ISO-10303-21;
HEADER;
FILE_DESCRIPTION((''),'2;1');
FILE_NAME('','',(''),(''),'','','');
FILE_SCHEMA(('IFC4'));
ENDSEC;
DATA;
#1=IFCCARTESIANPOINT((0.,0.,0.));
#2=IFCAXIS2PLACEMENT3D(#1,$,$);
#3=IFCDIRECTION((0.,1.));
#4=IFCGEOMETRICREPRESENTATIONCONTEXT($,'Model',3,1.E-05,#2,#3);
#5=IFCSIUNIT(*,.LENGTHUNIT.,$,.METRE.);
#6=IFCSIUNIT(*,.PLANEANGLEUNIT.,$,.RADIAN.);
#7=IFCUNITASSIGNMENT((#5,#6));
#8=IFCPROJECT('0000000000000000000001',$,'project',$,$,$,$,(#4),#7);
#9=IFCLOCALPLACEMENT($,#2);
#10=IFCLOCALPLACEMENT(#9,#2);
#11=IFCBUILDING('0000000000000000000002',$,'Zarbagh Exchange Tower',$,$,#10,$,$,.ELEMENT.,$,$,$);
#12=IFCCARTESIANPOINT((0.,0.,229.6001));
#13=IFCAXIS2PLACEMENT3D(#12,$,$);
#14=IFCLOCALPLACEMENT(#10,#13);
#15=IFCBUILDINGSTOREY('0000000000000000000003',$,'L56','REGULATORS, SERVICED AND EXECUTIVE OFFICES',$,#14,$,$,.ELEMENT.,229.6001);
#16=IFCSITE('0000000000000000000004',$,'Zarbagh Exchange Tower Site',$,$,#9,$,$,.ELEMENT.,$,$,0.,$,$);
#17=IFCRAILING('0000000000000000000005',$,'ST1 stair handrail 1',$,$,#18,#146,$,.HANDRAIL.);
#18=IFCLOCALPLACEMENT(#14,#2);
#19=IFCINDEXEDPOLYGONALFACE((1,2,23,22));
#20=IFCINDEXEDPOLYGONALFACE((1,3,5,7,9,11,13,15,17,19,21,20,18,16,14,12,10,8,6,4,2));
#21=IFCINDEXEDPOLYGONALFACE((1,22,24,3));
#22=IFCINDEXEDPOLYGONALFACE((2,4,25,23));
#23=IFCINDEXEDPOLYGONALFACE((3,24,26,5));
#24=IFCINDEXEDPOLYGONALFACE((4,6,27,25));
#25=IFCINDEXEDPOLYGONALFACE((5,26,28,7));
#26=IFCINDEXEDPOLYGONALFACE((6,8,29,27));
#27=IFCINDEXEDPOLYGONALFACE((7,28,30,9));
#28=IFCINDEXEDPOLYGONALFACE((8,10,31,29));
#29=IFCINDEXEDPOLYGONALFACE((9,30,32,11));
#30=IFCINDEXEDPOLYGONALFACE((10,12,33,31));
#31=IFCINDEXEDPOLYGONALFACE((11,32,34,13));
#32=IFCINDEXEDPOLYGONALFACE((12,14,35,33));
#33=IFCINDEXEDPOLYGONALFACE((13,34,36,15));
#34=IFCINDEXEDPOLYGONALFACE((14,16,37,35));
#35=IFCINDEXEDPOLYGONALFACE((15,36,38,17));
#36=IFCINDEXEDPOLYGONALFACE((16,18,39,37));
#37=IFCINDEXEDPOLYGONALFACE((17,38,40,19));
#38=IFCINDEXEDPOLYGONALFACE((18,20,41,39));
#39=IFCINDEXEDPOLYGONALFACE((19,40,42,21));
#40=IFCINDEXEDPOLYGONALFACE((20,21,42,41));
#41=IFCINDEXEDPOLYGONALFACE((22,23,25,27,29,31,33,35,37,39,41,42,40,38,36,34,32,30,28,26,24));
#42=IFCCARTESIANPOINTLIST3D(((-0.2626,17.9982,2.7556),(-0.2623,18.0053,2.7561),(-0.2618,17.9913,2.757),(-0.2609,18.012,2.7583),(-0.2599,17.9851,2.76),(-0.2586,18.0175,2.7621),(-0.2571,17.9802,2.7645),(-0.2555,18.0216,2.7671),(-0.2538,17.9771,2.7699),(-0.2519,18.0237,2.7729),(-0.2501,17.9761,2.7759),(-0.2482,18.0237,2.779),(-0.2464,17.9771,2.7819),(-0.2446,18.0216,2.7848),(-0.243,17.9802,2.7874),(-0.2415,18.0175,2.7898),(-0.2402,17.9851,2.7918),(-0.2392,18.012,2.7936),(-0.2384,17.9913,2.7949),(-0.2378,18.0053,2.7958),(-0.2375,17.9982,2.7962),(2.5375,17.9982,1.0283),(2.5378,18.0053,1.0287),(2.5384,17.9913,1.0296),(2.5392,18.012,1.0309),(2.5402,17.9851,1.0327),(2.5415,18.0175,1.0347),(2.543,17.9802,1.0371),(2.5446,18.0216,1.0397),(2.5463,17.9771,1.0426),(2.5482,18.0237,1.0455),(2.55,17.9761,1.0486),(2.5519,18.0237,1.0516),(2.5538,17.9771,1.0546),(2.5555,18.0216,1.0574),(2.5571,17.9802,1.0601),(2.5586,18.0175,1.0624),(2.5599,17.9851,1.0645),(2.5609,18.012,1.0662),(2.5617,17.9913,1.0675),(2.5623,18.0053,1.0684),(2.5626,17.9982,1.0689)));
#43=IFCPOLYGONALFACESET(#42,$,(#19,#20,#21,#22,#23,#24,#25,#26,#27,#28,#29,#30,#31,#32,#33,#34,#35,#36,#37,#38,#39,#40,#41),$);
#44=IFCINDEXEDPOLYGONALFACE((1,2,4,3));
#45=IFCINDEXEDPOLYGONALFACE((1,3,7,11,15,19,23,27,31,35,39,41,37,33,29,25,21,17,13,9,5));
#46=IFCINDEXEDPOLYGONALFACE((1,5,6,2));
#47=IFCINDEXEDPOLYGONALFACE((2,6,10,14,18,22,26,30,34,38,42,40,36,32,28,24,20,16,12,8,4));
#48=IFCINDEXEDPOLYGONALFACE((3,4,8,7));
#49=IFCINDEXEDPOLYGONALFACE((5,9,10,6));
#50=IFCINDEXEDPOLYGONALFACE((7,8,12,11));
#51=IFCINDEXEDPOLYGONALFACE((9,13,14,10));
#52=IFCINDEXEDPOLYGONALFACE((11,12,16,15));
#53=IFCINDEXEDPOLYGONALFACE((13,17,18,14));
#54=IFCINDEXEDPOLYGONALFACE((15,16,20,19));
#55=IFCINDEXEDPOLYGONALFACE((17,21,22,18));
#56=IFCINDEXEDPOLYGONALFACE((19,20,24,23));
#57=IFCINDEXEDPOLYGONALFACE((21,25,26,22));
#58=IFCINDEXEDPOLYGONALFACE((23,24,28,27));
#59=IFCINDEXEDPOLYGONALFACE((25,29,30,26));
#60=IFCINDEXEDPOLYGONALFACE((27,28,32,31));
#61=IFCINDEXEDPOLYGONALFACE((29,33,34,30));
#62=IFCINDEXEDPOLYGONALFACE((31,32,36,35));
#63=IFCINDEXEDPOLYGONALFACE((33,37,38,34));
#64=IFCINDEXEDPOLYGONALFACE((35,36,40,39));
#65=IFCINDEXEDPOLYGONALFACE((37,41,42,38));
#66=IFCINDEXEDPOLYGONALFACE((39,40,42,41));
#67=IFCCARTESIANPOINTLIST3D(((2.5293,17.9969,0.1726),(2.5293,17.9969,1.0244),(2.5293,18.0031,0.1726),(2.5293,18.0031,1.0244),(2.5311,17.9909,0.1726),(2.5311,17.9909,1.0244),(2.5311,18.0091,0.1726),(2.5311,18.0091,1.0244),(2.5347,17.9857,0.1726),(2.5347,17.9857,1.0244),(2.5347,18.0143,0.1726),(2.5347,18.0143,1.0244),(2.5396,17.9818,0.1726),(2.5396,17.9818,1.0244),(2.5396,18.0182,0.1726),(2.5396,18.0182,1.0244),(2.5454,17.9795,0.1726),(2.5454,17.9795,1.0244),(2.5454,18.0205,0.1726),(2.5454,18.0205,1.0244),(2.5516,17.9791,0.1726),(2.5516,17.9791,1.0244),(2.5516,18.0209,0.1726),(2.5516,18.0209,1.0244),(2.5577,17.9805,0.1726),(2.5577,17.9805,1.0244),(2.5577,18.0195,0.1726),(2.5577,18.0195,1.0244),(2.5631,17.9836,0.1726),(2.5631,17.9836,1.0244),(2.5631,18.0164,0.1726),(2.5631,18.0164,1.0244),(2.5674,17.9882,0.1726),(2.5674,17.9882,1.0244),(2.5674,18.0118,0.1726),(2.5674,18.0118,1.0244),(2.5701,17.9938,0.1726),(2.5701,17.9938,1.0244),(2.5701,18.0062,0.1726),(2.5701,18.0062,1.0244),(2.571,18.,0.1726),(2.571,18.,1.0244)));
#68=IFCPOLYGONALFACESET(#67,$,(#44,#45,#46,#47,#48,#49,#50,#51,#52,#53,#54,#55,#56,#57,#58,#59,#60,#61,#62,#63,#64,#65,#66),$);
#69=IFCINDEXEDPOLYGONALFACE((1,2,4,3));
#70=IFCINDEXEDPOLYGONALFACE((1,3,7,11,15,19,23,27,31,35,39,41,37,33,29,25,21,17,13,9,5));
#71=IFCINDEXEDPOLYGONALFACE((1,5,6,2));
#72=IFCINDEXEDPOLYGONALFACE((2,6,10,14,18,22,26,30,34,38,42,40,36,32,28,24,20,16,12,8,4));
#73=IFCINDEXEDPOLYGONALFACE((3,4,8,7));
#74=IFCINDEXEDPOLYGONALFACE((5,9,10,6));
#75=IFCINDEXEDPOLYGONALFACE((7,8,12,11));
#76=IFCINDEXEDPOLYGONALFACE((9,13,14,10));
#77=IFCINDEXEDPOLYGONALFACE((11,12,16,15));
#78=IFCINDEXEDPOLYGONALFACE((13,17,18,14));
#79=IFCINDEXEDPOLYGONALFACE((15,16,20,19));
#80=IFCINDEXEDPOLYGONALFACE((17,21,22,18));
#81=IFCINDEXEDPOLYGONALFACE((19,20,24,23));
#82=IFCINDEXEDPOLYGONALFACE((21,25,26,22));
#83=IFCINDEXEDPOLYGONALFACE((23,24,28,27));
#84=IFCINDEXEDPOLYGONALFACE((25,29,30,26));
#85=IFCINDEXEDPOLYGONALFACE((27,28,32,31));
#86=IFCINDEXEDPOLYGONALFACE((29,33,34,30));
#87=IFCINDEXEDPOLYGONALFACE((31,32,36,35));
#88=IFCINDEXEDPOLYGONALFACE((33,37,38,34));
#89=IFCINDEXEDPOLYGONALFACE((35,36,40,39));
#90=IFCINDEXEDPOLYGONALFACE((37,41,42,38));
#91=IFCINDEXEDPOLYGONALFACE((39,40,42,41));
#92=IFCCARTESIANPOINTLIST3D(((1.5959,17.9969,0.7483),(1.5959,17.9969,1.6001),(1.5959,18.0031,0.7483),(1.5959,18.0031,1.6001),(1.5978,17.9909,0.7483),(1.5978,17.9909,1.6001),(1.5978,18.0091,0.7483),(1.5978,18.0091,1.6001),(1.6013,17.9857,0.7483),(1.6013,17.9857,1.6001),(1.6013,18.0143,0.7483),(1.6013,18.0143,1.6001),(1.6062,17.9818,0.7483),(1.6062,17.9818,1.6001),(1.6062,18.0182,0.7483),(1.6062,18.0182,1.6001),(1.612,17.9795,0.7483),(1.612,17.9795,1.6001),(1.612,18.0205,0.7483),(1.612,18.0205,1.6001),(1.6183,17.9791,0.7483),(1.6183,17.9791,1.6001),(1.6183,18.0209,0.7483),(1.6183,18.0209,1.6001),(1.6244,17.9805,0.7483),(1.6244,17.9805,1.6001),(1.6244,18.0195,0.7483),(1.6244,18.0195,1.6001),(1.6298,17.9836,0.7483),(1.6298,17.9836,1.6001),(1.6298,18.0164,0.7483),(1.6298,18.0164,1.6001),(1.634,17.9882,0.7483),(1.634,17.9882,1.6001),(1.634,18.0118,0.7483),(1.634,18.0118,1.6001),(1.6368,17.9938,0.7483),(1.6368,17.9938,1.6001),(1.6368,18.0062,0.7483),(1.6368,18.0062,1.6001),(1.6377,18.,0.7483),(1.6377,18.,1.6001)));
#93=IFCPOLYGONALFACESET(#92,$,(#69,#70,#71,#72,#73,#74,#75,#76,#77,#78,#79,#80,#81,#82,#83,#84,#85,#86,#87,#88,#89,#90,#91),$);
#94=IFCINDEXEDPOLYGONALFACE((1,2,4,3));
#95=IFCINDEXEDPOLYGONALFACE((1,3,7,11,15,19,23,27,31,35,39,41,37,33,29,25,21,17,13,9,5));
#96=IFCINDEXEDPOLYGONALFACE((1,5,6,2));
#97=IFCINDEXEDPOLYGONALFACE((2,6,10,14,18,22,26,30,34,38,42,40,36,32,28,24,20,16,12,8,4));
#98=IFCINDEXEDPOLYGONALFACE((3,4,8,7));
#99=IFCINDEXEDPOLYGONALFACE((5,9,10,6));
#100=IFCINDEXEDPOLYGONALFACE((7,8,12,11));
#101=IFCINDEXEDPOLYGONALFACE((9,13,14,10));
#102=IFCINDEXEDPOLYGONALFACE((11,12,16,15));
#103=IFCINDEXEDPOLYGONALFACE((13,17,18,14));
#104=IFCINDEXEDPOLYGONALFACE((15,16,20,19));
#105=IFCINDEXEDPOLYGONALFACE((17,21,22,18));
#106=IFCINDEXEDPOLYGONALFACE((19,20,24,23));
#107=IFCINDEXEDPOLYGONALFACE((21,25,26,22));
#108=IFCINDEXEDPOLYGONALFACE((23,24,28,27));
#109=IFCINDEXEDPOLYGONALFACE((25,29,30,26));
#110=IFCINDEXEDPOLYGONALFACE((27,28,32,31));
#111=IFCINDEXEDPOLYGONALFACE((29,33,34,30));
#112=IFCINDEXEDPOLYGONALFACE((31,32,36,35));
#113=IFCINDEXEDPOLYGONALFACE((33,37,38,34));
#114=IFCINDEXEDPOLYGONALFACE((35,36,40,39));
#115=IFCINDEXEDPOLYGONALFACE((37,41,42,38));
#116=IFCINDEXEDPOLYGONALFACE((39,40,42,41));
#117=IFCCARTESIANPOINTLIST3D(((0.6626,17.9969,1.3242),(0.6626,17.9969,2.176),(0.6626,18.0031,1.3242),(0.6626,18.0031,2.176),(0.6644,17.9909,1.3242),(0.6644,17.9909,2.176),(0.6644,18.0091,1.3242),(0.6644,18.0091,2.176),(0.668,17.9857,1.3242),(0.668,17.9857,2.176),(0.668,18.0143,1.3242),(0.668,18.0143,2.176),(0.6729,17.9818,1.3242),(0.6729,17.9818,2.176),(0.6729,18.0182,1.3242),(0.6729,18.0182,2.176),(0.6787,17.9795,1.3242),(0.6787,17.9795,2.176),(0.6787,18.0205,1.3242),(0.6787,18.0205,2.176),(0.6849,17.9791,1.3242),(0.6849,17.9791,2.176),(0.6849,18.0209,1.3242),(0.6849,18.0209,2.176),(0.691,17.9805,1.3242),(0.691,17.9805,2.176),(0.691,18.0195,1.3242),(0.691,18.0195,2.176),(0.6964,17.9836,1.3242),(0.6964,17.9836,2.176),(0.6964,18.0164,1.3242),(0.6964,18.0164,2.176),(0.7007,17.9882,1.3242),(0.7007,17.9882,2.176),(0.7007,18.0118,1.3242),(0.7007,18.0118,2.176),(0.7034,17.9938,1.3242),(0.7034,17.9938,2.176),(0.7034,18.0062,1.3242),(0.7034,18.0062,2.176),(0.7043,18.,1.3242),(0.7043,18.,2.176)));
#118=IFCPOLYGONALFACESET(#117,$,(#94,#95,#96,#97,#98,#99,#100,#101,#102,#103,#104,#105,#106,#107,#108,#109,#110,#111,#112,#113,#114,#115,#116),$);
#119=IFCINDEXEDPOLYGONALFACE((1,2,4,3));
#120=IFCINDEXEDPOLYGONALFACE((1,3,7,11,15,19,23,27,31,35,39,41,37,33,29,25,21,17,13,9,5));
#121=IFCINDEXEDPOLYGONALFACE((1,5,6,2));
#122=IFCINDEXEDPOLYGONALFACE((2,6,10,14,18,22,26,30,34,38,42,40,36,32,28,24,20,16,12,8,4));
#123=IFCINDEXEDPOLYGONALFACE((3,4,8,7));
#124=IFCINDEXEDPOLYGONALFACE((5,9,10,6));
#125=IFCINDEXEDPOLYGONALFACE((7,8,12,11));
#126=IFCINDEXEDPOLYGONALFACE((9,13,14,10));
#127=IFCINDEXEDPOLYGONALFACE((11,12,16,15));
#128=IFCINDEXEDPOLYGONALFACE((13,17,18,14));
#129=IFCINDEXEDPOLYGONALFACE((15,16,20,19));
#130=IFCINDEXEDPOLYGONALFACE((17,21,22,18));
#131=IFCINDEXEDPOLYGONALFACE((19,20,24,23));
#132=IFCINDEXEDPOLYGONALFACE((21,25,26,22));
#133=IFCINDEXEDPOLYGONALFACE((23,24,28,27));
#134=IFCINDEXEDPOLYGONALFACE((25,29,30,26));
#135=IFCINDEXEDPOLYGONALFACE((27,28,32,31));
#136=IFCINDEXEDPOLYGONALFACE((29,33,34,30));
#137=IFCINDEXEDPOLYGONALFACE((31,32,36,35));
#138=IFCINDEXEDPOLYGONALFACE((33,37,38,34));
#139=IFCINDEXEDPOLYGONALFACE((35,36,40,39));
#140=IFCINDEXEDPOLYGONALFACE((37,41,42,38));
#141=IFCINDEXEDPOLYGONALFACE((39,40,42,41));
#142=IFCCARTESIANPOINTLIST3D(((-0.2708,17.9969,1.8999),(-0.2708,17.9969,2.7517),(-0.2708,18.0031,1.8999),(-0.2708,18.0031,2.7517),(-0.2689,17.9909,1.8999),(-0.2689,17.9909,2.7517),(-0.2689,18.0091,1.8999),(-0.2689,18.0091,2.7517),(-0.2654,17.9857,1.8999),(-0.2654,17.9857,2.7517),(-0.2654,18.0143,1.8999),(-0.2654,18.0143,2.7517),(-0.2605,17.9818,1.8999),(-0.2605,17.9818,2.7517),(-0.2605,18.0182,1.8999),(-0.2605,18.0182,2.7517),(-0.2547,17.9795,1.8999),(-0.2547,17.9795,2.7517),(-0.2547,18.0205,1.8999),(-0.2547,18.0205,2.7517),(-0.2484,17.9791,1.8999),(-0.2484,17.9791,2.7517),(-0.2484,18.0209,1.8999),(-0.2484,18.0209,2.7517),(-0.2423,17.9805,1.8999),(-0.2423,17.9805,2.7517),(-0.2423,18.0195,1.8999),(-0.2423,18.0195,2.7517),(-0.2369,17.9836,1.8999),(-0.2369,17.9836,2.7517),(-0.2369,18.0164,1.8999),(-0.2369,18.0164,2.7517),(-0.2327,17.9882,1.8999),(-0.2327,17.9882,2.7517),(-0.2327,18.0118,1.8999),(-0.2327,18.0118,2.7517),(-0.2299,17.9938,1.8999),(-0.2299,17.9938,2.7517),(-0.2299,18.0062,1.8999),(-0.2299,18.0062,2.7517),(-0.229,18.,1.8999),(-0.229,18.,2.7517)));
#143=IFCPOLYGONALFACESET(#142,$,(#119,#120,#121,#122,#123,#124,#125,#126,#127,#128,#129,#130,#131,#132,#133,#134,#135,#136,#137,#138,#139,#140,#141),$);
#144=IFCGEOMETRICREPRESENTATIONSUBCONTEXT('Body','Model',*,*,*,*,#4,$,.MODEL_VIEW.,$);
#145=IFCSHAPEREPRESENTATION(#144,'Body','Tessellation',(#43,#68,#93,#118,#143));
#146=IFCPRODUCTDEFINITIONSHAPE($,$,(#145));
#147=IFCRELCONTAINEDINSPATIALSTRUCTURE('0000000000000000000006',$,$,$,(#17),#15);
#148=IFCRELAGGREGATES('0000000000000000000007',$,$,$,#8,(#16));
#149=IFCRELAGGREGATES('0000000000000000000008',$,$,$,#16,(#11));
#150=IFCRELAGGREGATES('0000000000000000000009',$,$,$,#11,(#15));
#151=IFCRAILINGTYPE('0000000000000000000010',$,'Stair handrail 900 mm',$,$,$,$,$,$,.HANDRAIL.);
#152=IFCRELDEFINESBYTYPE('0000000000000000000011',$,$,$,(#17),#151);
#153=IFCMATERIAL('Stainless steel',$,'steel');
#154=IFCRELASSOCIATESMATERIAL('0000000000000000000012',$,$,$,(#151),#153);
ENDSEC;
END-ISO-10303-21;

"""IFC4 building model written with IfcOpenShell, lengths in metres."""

from ifc_helpers import new_model, si_unit, direction, frame, origin, origin_2d, place, context, subcontext, project, spatial, circle, extrude, material, type_object, element, save


model = new_model("IFC4")

# Units and contexts
model_context = context("Model", 3, precision=1e-05, world=origin(), true_north=direction((0.0, 1.0)))
body_context = subcontext(model_context, "Body", "Model", "MODEL_VIEW")
ifc_project = project(units=[si_unit("LENGTHUNIT", "METRE"), si_unit("PLANEANGLEUNIT", "RADIAN")], contexts=[model_context])

# Site, building, storey
site_placement = place(None, origin())
site = spatial("IfcSite", under=ifc_project, at=site_placement, Name="Zarbagh Exchange Tower Site", CompositionType="ELEMENT", RefElevation=0.0)
building_placement = place(site_placement, origin())
building = spatial("IfcBuilding", under=site, at=building_placement, Name="Zarbagh Exchange Tower", CompositionType="ELEMENT")
storey_placement = place(building_placement, frame((0.0, 0.0, 229.6001)))
storey = spatial("IfcBuildingStorey", under=building, at=storey_placement, Name="L56", Description="REGULATORS, SERVICED AND EXECUTIVE OFFICES", CompositionType="ELEMENT", Elevation=229.6001)

# Shared definitions
ifc_material_1 = material(Name="Stainless steel", Category="steel")

# Railing
railing_type_1 = type_object("IfcRailingType", Name="Stair handrail 900 mm", PredefinedType="HANDRAIL", material=ifc_material_1)
railing_1_placement = place(storey_placement, frame((2.55, 18.0, 0.1726)))
element("IfcRailing", 1, at=railing_1_placement, inside=storey, type_object=railing_type_1, Name="ST1 stair handrail 1", PredefinedType="HANDRAIL", context=body_context, shape_type="SweptSolid", body=[
    extrude(circle(Radius=0.0239, at=origin_2d()), frame((0.0, 0.0, 0.876), z_axis=(-0.85109, 0.0, 0.52502), x_axis=(0.0, -1.0, 0.0)), (0.0, 0.0, 1.0), 3.29),
    extrude(circle(Radius=0.021, at=origin_2d()), origin(), (0.0, 0.0, 1.0), 0.8518),
    extrude(circle(Radius=0.021, at=origin_2d()), frame((-0.9333, 0.0, 0.5757)), (0.0, 0.0, 1.0), 0.8518),
    extrude(circle(Radius=0.021, at=origin_2d()), frame((-1.8667, 0.0, 1.1516)), (0.0, 0.0, 1.0), 0.8518),
    extrude(circle(Radius=0.021, at=origin_2d()), frame((-2.8, 0.0, 1.7273)), (0.0, 0.0, 1.0), 0.8518),
])

save(model, "model.ifc")
